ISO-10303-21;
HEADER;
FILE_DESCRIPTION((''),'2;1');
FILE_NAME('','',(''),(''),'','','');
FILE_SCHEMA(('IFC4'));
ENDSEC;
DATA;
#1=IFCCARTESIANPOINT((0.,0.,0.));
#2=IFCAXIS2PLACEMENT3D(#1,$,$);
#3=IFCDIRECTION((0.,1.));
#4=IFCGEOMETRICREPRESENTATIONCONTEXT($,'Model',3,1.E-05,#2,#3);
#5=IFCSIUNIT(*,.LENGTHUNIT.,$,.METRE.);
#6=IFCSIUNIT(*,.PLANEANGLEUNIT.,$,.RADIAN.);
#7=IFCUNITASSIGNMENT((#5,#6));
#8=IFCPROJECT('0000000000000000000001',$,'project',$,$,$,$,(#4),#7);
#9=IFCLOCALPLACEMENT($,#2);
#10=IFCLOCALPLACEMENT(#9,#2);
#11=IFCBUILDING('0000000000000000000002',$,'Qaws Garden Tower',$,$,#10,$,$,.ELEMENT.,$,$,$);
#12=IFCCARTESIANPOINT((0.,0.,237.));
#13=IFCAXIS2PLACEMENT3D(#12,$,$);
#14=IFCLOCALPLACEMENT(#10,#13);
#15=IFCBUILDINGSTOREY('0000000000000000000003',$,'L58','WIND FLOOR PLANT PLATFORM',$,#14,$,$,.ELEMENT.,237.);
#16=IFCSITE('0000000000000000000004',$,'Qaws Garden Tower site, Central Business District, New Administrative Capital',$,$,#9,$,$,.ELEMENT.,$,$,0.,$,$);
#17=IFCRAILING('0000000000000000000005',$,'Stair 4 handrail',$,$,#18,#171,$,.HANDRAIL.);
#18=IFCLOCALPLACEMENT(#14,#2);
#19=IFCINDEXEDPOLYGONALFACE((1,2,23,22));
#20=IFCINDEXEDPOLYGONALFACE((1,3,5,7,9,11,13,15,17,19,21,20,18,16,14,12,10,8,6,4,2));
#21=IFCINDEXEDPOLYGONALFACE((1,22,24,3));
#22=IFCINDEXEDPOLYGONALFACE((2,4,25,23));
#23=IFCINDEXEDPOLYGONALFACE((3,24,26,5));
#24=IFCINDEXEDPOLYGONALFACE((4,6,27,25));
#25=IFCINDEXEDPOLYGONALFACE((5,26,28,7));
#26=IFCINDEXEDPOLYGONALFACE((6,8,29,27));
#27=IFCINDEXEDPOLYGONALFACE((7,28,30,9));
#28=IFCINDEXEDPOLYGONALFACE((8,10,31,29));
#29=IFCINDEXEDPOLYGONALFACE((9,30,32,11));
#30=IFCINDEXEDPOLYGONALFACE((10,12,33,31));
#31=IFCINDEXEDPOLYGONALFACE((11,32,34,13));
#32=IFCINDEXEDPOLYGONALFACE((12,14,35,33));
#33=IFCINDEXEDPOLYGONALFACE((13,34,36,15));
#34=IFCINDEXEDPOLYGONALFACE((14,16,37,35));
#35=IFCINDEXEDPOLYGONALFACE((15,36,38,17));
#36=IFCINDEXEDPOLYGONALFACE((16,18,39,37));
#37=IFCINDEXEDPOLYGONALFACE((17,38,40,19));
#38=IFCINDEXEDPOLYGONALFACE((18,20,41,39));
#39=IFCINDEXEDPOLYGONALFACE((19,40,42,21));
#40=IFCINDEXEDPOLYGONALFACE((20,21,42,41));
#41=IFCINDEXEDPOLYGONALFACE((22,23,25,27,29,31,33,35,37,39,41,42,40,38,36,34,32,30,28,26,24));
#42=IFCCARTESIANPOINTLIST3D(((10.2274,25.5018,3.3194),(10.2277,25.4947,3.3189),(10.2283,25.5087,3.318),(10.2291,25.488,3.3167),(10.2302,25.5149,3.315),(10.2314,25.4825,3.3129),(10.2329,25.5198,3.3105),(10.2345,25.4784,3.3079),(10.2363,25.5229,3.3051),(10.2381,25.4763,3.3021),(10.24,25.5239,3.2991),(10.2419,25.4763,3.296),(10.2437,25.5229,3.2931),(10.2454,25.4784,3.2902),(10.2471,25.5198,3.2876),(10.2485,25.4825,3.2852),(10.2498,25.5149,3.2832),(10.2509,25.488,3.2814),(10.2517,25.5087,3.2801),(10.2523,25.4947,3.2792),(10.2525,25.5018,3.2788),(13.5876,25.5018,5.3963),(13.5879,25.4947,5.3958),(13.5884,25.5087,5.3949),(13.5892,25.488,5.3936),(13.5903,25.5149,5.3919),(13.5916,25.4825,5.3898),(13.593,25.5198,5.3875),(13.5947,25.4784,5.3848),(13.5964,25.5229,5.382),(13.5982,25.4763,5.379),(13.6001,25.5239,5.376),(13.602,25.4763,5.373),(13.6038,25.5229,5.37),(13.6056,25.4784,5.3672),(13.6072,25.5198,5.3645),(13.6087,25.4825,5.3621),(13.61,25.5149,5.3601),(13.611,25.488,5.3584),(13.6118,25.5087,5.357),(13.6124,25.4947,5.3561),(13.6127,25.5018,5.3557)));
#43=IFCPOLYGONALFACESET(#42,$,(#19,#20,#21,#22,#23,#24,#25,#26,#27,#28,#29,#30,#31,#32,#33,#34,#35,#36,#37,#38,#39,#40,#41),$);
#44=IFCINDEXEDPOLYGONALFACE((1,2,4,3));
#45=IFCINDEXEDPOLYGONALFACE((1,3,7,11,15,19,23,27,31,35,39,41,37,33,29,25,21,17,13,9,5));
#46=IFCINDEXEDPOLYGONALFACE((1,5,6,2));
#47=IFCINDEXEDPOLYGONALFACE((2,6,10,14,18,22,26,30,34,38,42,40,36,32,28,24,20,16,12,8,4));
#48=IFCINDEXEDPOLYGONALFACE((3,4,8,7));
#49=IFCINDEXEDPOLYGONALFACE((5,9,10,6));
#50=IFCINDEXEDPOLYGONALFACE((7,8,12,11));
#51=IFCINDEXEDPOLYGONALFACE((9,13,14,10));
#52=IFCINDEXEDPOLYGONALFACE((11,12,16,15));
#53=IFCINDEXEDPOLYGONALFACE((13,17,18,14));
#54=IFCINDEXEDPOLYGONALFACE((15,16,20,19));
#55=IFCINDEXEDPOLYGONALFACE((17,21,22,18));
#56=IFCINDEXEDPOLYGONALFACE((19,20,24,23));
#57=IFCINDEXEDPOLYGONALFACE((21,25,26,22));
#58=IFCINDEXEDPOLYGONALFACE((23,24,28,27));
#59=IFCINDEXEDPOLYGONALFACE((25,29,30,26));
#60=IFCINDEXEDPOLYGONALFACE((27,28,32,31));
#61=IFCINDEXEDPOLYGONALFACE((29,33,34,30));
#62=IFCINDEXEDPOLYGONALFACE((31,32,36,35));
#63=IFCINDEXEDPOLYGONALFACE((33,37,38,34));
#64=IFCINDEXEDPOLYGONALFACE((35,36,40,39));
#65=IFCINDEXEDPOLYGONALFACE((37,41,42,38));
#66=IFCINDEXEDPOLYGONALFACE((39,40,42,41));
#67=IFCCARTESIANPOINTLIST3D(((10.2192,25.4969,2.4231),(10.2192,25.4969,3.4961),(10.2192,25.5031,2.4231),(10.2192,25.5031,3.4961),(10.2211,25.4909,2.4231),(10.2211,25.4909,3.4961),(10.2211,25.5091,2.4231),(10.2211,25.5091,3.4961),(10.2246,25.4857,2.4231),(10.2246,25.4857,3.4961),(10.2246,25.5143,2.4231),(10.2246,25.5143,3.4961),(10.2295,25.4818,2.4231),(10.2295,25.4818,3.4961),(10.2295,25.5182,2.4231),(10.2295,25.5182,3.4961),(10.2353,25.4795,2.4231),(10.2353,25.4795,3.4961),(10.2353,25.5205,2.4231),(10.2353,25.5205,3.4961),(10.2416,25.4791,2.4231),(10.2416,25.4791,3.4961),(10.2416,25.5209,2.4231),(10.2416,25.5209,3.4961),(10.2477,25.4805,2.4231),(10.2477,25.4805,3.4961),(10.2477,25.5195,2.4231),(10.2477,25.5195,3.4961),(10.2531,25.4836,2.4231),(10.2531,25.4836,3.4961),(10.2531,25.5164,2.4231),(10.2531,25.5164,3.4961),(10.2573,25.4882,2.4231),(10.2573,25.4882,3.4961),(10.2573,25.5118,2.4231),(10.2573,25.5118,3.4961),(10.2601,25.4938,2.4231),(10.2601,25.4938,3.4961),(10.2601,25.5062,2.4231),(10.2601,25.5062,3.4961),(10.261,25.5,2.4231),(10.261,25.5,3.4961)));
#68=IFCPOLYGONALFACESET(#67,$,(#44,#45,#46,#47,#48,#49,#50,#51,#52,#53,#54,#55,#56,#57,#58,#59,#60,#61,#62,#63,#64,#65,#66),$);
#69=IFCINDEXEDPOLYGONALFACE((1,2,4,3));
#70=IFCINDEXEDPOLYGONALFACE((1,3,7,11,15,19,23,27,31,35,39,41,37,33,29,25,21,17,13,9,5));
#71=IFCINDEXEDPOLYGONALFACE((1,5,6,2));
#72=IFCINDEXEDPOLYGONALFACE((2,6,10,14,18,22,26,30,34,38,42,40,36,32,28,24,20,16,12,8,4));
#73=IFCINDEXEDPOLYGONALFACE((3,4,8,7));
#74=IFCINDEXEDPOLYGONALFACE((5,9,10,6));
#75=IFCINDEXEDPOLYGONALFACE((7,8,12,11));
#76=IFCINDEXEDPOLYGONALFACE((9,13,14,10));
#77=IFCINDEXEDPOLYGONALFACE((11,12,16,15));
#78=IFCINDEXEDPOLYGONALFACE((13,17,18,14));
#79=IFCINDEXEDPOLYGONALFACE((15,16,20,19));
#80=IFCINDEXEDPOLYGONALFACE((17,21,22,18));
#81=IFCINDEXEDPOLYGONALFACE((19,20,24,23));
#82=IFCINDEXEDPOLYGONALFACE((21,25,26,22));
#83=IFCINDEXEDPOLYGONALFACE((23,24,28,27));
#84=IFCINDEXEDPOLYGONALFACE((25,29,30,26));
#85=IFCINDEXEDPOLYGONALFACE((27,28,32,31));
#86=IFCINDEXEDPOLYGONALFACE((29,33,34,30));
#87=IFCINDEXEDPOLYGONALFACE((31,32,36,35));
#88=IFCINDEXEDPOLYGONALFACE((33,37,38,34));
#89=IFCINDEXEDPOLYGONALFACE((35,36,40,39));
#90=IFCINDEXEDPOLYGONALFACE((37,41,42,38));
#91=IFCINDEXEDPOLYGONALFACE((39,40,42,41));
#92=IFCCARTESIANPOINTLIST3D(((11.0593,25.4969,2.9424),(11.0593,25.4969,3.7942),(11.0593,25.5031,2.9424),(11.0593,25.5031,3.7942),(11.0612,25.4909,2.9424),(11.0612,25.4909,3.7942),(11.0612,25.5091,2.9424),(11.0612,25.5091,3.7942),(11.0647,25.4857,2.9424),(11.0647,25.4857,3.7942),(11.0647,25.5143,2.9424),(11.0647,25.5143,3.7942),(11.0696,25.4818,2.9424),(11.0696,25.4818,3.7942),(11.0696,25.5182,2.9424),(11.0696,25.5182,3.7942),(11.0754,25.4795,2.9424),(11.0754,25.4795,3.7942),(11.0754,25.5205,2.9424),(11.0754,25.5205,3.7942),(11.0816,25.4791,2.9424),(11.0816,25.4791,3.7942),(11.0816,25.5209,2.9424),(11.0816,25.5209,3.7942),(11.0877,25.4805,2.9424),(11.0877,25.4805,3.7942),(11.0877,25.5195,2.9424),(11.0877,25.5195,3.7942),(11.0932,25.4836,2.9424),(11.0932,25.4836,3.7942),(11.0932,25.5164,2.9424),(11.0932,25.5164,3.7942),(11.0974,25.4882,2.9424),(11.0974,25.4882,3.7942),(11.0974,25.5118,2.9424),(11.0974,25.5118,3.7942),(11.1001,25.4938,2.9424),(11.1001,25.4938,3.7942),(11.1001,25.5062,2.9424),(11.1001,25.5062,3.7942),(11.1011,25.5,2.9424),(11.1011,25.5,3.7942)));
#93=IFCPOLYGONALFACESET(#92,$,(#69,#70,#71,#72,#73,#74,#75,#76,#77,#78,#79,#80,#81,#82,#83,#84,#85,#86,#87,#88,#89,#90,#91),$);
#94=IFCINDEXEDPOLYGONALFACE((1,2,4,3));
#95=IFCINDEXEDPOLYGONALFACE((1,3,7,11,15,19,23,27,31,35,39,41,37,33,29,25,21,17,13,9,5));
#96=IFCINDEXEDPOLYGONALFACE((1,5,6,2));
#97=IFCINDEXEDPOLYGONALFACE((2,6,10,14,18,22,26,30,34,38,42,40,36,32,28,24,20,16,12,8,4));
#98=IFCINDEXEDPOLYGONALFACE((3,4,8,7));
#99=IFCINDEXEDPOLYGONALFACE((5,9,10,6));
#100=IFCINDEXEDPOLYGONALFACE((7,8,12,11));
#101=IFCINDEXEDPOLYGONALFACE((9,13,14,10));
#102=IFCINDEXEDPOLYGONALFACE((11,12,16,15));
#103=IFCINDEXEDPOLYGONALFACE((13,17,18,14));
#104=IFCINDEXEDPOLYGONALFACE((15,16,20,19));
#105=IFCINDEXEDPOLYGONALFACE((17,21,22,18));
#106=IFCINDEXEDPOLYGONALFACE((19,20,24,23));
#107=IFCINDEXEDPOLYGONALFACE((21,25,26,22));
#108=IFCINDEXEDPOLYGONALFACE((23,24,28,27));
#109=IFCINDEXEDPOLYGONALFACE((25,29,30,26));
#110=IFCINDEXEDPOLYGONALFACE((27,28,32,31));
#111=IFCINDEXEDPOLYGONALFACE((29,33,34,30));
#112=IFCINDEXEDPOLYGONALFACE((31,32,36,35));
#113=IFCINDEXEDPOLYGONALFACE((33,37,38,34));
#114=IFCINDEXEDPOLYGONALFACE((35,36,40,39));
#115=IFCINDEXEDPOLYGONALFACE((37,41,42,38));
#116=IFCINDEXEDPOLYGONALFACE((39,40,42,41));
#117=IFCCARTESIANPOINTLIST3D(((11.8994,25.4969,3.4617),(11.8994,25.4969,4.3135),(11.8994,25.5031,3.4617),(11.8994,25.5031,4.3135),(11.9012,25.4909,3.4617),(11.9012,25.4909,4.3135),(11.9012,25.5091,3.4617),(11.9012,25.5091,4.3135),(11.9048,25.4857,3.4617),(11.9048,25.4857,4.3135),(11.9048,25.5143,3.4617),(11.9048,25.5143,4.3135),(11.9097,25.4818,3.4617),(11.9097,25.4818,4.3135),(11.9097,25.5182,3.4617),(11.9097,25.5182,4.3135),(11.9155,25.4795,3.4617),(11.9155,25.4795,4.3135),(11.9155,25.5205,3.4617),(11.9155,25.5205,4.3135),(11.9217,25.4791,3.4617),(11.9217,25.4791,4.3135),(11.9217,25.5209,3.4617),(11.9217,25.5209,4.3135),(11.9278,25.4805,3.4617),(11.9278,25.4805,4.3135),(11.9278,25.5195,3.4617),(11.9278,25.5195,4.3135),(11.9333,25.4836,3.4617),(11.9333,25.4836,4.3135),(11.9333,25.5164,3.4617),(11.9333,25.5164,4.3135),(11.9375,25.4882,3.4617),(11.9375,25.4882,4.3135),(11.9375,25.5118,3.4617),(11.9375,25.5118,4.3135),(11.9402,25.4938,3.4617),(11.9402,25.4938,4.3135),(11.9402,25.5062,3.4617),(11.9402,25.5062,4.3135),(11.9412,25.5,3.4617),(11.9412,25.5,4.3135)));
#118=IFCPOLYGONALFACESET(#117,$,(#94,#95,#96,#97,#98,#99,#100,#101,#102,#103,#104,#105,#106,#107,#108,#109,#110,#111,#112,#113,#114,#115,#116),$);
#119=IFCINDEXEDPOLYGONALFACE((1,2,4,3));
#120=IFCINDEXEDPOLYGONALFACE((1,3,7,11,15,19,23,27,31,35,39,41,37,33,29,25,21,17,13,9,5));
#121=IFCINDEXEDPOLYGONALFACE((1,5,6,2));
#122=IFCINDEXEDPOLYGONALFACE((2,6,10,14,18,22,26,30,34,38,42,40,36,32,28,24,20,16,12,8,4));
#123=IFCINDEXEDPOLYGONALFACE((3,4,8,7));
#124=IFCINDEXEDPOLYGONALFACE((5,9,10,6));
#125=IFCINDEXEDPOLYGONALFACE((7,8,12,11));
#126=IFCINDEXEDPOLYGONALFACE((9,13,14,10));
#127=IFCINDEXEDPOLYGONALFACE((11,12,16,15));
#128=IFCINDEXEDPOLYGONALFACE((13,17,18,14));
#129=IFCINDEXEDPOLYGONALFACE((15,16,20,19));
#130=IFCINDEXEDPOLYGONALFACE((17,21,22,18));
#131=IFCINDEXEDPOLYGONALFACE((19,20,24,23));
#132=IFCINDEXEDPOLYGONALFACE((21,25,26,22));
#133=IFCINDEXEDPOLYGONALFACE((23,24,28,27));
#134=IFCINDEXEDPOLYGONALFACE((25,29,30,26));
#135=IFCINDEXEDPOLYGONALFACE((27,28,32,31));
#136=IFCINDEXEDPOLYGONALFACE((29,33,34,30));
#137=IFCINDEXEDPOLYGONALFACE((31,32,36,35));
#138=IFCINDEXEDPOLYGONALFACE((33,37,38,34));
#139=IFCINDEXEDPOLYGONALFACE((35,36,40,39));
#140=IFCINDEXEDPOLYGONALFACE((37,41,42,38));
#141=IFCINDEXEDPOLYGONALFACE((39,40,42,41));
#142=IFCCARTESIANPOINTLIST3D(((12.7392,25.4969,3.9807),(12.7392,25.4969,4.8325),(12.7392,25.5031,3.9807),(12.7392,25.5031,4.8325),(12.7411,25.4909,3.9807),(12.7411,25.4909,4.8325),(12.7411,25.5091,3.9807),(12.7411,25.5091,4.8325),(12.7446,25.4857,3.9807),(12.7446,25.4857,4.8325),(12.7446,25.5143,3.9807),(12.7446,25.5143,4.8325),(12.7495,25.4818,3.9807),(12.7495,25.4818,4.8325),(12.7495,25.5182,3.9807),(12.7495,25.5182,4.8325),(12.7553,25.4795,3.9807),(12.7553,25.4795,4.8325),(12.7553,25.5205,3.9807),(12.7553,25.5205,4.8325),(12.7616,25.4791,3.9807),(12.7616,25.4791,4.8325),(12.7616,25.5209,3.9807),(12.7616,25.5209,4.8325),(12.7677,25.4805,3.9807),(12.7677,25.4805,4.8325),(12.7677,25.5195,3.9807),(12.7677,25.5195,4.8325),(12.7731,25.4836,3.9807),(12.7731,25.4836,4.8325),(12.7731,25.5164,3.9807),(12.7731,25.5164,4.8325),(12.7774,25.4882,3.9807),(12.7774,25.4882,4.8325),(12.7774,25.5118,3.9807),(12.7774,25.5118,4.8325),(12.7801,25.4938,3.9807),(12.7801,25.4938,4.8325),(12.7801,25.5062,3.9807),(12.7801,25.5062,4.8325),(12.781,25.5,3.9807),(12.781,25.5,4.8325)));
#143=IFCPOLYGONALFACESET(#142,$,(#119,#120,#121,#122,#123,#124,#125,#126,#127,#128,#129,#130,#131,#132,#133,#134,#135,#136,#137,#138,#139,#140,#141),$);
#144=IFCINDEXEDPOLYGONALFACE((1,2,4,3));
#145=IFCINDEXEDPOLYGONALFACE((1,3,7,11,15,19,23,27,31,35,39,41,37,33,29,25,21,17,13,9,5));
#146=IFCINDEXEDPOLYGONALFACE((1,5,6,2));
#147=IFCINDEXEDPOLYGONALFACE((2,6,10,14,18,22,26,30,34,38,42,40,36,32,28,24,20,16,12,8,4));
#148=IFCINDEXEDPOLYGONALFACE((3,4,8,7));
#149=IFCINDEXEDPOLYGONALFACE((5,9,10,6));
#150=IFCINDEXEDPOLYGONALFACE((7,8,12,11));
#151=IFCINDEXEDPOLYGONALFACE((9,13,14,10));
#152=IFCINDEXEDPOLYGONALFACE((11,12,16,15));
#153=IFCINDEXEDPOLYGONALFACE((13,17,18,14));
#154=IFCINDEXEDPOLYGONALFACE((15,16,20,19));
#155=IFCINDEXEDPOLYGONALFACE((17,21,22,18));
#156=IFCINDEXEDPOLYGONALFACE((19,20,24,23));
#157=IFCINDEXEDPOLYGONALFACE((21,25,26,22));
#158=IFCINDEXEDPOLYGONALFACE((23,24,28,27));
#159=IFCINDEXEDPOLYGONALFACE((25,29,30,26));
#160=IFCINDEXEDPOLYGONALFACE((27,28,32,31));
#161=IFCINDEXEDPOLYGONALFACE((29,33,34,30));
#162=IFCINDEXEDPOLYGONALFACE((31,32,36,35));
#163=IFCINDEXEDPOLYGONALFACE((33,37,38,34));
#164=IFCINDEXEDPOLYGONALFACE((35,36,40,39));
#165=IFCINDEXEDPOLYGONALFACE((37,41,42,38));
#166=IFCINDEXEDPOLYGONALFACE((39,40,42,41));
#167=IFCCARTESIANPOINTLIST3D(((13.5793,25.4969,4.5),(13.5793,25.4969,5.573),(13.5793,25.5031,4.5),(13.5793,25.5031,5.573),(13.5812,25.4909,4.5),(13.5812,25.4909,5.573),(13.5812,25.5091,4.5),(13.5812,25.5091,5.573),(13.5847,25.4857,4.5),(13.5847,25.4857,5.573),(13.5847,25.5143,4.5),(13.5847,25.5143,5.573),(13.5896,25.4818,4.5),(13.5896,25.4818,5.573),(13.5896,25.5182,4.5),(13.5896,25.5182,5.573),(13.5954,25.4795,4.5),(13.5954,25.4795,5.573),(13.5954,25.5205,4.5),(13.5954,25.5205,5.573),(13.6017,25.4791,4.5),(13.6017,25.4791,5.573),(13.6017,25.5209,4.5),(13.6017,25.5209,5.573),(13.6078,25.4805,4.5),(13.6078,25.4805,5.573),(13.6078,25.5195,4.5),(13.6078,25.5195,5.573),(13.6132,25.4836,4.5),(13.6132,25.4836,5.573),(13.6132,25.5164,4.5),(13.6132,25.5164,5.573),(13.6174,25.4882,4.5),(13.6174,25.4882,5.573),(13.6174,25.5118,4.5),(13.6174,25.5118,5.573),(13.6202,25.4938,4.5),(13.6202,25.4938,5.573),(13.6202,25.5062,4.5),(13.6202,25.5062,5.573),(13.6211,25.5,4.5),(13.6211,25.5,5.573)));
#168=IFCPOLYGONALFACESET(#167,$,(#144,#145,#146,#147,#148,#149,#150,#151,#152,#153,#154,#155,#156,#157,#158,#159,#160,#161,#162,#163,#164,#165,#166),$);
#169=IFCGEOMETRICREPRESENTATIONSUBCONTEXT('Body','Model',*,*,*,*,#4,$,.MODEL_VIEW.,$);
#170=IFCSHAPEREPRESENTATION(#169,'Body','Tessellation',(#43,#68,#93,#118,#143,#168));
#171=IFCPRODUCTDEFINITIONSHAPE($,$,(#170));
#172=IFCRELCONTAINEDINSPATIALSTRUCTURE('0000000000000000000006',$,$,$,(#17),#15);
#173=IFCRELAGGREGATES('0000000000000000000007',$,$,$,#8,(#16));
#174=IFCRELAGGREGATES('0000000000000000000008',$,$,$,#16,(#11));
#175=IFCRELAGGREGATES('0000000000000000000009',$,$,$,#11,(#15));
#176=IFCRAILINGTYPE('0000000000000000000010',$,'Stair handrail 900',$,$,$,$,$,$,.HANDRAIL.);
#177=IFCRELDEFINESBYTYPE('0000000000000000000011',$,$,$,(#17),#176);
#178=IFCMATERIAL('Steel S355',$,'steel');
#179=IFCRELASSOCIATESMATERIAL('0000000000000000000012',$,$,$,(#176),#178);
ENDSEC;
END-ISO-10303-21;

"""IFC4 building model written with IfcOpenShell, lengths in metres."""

from ifc_helpers import new_model, si_unit, direction, frame, origin, origin_2d, place, context, subcontext, project, spatial, circle, extrude, material, type_object, element, save


model = new_model("IFC4")

# Units and contexts
model_context = context("Model", 3, precision=1e-05, world=origin(), true_north=direction((0.0, 1.0)))
body_context = subcontext(model_context, "Body", "Model", "MODEL_VIEW")
ifc_project = project(units=[si_unit("LENGTHUNIT", "METRE"), si_unit("PLANEANGLEUNIT", "RADIAN")], contexts=[model_context])

# Site, building, storey
site_placement = place(None, origin())
site = spatial("IfcSite", under=ifc_project, at=site_placement, Name="Qaws Garden Tower site, Central Business District, New Administrative Capital", CompositionType="ELEMENT", RefElevation=0.0)
building_placement = place(site_placement, origin())
building = spatial("IfcBuilding", under=site, at=building_placement, Name="Qaws Garden Tower", CompositionType="ELEMENT")
storey_placement = place(building_placement, frame((0.0, 0.0, 237.0)))
storey = spatial("IfcBuildingStorey", under=building, at=storey_placement, Name="L58", Description="WIND FLOOR PLANT PLATFORM", CompositionType="ELEMENT", Elevation=237.0)

# Railing
ifc_material_1 = material(Name="Steel S355", Category="steel")
railing_type_1 = type_object("IfcRailingType", Name="Stair handrail 900", PredefinedType="HANDRAIL", material=ifc_material_1)
railing_1_placement = place(storey_placement, frame((10.24, 25.5, 2.4231)))
element("IfcRailing", 1, at=railing_1_placement, inside=storey, type_object=railing_type_1, Name="Stair 4 handrail", PredefinedType="HANDRAIL", context=body_context, shape_type="SweptSolid", body=[
    extrude(circle(Radius=0.0239, at=origin_2d()), frame((0.0, 0.0, 0.876), z_axis=(0.850623, 0.0, 0.525776), x_axis=(0.0, 1.0, 0.0)), (0.0, 0.0, 1.0), 3.9502),
    extrude(circle(Radius=0.021, at=origin_2d()), origin(), (0.0, 0.0, 1.0), 1.073),
    extrude(circle(Radius=0.021, at=origin_2d()), frame((0.8401, 0.0, 0.5193)), (0.0, 0.0, 1.0), 0.8518),
    extrude(circle(Radius=0.021, at=origin_2d()), frame((1.6802, 0.0, 1.0386)), (0.0, 0.0, 1.0), 0.8518),
    extrude(circle(Radius=0.021, at=origin_2d()), frame((2.52, 0.0, 1.5576)), (0.0, 0.0, 1.0), 0.8518),
    extrude(circle(Radius=0.021, at=origin_2d()), frame((3.3601, 0.0, 2.0769)), (0.0, 0.0, 1.0), 1.073),
])

save(model, "model.ifc")
